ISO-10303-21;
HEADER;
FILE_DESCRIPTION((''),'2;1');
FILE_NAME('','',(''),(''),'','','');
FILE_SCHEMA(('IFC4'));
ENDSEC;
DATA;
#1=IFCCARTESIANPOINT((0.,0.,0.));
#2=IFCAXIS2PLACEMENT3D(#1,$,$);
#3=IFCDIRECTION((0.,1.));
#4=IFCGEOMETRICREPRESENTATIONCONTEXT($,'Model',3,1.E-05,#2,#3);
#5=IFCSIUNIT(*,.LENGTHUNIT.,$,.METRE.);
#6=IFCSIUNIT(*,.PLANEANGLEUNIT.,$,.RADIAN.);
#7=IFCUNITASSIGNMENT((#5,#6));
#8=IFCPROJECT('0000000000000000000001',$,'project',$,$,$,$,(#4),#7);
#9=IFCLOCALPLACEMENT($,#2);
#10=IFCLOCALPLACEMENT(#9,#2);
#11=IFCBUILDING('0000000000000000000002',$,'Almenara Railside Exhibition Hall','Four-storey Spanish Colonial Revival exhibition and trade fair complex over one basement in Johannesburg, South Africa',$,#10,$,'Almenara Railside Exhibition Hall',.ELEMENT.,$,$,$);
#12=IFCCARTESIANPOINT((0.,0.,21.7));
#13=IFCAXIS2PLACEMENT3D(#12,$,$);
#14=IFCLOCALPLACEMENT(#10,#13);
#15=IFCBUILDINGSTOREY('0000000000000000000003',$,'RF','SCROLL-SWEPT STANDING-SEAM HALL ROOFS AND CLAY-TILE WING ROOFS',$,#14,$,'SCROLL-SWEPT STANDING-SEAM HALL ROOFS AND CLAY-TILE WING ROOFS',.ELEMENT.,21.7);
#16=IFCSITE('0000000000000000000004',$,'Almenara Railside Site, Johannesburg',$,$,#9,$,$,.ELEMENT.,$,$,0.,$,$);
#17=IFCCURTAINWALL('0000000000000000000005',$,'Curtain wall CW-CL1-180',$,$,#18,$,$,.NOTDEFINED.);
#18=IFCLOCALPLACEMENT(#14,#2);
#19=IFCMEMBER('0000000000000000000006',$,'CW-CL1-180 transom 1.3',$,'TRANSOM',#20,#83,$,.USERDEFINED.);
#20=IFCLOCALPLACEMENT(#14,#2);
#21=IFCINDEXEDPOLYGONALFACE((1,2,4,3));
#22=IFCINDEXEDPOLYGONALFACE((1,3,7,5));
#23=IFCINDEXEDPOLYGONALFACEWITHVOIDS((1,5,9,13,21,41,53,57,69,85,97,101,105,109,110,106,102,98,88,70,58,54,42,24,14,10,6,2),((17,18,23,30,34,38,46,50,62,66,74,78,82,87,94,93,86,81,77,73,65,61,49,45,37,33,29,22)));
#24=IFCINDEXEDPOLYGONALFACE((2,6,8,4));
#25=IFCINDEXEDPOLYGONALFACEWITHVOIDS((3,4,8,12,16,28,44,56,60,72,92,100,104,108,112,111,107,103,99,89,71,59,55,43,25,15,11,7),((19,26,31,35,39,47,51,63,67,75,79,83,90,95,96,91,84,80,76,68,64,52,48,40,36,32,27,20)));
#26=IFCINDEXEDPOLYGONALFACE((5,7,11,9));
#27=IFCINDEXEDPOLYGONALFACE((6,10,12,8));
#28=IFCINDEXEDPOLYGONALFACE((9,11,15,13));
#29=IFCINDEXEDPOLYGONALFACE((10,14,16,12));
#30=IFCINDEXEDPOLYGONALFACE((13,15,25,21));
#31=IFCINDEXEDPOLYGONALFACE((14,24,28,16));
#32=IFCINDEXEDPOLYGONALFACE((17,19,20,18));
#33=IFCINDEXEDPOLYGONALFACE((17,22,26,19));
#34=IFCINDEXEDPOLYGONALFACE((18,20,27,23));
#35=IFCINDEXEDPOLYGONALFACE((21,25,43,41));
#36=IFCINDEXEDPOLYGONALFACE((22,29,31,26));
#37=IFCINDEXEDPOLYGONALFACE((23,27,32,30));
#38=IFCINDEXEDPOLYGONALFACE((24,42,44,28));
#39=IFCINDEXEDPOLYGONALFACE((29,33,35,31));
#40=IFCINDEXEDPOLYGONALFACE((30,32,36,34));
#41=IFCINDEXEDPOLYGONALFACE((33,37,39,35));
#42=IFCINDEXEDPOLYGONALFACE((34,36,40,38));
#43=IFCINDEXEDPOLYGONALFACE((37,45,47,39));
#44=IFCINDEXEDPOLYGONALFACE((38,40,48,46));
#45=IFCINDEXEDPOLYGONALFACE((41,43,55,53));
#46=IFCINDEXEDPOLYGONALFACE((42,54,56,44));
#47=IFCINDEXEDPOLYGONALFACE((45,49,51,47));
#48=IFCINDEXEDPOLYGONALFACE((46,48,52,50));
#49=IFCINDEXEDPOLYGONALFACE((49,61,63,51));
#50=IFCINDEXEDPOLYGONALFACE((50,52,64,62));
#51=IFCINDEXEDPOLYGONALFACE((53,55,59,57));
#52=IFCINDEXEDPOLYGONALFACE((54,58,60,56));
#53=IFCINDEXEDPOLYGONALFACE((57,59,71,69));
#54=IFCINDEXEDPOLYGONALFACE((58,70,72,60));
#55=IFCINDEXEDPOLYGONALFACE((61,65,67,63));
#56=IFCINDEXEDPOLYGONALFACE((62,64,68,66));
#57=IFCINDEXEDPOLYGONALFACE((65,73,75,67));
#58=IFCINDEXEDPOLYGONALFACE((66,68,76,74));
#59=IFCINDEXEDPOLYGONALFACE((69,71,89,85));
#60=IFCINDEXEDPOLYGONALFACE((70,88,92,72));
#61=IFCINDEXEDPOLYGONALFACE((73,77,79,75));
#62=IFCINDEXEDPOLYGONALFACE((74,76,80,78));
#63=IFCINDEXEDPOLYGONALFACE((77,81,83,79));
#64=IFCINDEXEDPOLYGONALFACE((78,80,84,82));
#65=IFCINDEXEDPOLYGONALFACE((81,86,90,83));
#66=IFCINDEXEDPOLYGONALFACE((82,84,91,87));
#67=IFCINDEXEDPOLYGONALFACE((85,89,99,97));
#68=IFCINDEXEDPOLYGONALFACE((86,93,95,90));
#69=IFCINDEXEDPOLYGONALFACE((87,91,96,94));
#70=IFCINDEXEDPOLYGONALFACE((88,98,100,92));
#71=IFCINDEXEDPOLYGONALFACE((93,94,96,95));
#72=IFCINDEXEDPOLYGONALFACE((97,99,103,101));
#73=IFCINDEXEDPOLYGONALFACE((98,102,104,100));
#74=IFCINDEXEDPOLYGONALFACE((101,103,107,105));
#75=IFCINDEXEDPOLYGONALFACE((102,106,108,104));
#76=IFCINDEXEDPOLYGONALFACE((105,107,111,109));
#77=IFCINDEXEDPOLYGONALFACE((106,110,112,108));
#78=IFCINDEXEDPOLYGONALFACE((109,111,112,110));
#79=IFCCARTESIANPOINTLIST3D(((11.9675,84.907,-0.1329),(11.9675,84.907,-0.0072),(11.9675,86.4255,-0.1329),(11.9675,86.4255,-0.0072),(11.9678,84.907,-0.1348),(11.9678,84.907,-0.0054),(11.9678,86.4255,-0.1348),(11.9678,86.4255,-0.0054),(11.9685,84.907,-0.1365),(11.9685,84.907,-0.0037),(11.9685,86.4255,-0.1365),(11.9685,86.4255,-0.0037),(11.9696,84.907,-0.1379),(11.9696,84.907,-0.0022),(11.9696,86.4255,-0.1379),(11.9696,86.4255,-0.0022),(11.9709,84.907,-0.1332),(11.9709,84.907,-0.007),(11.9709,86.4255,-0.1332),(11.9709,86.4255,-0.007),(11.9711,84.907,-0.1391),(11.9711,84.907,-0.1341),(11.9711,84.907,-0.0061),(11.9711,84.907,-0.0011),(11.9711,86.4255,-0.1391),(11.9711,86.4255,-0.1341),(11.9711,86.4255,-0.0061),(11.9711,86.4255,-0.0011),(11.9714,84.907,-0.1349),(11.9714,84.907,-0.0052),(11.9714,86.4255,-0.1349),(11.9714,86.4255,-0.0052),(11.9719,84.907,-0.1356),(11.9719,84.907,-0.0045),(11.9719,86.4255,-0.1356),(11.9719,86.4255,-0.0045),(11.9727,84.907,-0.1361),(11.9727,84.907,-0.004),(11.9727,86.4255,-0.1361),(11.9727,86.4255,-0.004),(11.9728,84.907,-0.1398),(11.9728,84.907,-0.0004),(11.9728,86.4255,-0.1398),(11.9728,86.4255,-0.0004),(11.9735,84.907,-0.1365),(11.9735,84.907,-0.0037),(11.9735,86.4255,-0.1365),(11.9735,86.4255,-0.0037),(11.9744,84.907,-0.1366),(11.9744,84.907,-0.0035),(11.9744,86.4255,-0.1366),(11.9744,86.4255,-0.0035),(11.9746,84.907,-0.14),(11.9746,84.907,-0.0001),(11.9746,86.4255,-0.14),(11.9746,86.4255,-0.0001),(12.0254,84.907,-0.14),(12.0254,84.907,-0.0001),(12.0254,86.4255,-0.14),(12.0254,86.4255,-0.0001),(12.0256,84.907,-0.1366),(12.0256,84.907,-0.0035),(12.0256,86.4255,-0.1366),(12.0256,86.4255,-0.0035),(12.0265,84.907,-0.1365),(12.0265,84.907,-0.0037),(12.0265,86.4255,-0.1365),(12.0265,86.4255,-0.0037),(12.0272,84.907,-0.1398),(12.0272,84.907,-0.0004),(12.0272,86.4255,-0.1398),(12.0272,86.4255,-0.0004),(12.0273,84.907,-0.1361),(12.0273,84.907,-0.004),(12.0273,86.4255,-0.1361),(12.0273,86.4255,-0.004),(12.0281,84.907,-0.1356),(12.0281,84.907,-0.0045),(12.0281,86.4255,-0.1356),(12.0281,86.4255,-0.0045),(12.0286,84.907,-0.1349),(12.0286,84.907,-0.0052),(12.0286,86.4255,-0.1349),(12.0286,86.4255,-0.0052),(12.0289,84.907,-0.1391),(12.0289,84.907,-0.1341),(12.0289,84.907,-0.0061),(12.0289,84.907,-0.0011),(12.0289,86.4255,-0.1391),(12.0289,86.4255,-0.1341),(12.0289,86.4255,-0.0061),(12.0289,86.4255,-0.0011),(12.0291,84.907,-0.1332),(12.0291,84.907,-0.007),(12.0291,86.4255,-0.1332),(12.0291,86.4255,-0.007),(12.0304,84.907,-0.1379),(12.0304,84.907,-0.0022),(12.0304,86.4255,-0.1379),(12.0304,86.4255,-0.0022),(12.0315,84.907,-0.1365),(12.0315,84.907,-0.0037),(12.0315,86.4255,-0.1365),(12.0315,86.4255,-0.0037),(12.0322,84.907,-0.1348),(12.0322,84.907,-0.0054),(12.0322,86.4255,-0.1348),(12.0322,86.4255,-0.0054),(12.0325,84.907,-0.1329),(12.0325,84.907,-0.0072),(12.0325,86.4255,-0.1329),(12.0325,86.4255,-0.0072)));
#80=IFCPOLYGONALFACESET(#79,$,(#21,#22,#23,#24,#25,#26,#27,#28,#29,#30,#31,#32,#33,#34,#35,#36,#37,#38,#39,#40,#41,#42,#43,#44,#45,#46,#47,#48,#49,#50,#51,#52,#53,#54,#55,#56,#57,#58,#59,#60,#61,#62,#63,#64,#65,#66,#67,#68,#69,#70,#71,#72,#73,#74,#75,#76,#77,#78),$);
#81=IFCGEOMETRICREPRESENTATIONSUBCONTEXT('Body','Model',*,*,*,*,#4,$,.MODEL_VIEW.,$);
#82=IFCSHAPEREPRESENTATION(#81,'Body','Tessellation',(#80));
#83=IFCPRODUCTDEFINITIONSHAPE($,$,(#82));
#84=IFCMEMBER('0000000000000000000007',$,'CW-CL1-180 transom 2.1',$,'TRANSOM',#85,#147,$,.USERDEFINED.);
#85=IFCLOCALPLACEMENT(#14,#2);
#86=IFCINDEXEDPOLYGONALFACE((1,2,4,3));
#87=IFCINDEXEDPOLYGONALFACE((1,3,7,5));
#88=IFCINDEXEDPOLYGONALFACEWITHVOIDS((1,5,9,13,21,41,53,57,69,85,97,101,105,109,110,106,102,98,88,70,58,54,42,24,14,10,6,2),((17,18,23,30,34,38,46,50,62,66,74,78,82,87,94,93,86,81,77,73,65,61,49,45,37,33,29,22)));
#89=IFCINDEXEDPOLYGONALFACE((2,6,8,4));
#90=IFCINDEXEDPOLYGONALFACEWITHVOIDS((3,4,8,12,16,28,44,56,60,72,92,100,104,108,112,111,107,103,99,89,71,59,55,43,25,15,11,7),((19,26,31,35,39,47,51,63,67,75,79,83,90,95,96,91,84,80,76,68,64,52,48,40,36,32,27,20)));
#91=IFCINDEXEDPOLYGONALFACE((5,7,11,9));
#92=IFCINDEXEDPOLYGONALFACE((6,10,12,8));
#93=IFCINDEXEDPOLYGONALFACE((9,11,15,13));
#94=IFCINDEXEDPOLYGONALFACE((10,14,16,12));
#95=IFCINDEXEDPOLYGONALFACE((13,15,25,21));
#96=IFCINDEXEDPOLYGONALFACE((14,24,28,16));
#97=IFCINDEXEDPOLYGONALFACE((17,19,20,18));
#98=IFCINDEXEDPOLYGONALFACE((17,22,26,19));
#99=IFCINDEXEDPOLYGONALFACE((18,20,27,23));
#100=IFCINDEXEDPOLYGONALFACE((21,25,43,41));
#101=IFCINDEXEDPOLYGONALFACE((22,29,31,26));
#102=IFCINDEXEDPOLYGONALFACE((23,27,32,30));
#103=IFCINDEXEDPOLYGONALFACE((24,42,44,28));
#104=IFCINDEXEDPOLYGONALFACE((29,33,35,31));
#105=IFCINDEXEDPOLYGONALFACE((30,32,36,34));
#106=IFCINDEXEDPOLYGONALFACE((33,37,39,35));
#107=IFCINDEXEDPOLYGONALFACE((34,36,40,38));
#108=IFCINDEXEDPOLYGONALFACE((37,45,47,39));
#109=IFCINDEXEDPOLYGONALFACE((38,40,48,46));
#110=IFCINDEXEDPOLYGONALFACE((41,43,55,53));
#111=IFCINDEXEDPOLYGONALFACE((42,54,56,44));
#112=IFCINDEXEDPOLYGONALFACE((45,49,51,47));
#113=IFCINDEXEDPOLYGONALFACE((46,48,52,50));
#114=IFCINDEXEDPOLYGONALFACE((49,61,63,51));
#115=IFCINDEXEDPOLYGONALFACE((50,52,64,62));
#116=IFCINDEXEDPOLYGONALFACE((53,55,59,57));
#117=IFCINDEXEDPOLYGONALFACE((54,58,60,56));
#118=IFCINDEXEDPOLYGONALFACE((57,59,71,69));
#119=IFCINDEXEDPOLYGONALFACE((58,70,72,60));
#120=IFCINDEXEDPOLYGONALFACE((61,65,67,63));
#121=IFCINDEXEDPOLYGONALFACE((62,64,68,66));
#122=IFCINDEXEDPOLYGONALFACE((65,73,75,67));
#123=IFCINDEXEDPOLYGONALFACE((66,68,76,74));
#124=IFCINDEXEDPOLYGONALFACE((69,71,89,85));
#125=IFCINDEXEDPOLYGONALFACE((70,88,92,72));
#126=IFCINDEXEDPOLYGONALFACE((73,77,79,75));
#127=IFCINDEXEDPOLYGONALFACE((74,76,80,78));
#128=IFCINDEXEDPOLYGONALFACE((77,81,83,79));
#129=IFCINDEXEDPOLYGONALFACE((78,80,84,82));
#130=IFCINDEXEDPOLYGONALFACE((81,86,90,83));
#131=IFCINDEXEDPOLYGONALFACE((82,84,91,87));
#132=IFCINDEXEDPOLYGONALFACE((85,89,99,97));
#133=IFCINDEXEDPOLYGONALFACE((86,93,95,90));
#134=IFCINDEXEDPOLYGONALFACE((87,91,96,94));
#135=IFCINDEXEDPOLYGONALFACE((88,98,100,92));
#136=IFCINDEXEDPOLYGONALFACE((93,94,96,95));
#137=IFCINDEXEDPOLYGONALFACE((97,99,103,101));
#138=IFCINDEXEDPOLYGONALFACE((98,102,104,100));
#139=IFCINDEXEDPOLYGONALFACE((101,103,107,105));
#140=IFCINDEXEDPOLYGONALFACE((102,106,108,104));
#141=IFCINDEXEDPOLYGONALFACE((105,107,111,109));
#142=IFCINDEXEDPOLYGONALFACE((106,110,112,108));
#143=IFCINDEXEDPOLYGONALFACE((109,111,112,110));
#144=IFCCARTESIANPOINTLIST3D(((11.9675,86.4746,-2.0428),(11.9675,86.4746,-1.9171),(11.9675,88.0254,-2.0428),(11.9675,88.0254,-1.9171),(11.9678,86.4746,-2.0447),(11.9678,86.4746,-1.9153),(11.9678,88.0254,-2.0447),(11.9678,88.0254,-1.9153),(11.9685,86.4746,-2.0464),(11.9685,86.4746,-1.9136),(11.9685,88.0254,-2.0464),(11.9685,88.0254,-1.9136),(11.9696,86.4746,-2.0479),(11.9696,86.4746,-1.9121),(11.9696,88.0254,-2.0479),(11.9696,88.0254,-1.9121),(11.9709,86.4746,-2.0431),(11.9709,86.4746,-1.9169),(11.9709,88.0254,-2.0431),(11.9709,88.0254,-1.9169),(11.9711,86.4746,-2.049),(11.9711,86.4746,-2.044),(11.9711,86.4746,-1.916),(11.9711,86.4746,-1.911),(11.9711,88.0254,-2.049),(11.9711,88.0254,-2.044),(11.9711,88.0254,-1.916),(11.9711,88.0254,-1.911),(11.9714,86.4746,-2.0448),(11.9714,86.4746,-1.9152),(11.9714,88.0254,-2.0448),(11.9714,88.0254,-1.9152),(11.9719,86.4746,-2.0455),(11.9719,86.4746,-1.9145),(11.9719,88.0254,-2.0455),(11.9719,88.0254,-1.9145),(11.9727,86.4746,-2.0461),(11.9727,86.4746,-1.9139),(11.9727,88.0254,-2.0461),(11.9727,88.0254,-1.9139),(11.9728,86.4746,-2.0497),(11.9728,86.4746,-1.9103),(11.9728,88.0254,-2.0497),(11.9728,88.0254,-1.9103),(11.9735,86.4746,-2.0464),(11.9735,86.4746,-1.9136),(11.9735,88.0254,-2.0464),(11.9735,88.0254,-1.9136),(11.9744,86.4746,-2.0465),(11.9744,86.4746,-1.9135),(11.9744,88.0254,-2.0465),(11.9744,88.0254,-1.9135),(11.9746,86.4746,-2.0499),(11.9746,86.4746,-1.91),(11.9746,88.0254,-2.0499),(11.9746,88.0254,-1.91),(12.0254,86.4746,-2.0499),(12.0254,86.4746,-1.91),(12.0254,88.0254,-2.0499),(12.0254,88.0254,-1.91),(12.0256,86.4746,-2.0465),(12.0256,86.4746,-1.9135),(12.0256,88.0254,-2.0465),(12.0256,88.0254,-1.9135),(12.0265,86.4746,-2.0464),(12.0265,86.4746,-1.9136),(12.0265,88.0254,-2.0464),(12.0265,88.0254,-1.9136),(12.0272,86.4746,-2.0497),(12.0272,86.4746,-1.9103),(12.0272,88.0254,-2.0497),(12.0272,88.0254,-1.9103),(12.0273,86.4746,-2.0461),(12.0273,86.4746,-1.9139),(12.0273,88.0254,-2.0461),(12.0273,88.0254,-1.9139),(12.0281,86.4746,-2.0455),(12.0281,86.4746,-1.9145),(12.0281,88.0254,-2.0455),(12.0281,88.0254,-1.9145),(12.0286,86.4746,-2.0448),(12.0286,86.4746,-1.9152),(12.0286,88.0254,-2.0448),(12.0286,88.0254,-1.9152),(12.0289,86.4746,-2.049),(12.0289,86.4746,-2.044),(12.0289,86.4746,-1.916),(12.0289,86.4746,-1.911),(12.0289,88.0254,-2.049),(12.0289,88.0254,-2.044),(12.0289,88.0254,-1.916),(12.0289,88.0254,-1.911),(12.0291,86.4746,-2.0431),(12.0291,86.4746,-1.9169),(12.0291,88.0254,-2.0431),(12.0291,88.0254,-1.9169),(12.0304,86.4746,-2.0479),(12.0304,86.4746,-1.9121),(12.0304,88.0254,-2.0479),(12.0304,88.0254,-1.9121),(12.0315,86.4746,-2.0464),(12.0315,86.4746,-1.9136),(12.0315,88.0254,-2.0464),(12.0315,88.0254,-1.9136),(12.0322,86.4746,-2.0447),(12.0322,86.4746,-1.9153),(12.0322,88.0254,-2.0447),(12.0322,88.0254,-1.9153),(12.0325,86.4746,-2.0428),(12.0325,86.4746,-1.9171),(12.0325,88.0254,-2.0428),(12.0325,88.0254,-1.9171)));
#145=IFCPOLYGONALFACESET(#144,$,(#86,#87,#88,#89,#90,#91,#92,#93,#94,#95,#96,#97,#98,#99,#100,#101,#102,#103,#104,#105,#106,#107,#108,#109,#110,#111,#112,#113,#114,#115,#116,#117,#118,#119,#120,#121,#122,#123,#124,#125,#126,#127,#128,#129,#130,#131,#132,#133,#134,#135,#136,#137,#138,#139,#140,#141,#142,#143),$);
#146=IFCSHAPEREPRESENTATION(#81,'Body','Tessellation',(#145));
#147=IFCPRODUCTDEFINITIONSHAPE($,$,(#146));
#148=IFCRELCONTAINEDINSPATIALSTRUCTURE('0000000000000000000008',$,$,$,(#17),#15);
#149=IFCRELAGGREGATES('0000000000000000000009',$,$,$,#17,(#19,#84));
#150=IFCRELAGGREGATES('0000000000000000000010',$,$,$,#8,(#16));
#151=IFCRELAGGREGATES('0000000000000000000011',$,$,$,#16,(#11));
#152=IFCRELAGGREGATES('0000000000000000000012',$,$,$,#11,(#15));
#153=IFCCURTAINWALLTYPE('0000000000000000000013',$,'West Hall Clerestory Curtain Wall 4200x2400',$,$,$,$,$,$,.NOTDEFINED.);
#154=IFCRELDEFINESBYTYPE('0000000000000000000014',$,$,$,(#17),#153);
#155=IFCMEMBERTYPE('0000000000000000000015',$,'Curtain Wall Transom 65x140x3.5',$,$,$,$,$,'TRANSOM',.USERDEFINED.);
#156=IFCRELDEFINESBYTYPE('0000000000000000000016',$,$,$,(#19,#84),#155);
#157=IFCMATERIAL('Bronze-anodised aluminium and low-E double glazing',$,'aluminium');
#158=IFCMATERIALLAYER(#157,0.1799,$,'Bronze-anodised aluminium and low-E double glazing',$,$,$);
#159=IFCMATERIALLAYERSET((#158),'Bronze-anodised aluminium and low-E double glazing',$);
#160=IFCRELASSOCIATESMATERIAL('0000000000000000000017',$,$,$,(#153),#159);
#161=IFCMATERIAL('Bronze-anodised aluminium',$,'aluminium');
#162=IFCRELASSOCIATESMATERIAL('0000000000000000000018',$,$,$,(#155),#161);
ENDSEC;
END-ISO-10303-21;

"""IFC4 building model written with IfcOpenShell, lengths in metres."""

from ifc_helpers import new_model, si_unit, direction, frame, origin, origin_2d, place, context, subcontext, project, spatial, hollow_rectangle, extrude, material, layer, layer_set, material_profile, profile_set, type_object, element, aggregate, save


model = new_model("IFC4")

# Units and contexts
model_context = context("Model", 3, precision=1e-05, world=origin(), true_north=direction((0.0, 1.0)))
body_context = subcontext(model_context, "Body", "Model", "MODEL_VIEW")
ifc_project = project(units=[si_unit("LENGTHUNIT", "METRE"), si_unit("PLANEANGLEUNIT", "RADIAN")], contexts=[model_context])

# Site, building, storey
site_placement = place(None, origin())
site = spatial("IfcSite", under=ifc_project, at=site_placement, Name="Almenara Railside Site, Johannesburg", CompositionType="ELEMENT", RefElevation=0.0)
building_placement = place(site_placement, origin())
building = spatial("IfcBuilding", under=site, at=building_placement, Name="Almenara Railside Exhibition Hall", Description="Four-storey Spanish Colonial Revival exhibition and trade fair complex over one basement in Johannesburg, South Africa", LongName="Almenara Railside Exhibition Hall", CompositionType="ELEMENT")
storey_placement = place(building_placement, frame((0.0, 0.0, 21.7)))
storey = spatial("IfcBuildingStorey", under=building, at=storey_placement, Name="RF", Description="SCROLL-SWEPT STANDING-SEAM HALL ROOFS AND CLAY-TILE WING ROOFS", LongName="SCROLL-SWEPT STANDING-SEAM HALL ROOFS AND CLAY-TILE WING ROOFS", CompositionType="ELEMENT", Elevation=21.7)

# Curtain wall
ifc_material_1 = material(Name="Bronze-anodised aluminium and low-E double glazing", Category="aluminium")
ifc_layer_1 = layer(ifc_material_1, 0.1799, Name="Bronze-anodised aluminium and low-E double glazing")
ifc_layer_set_1 = layer_set([ifc_layer_1], Name="Bronze-anodised aluminium and low-E double glazing")
curtain_wall_type = type_object("IfcCurtainWallType", Name="West Hall Clerestory Curtain Wall 4200x2400", PredefinedType="NOTDEFINED", material=ifc_layer_set_1)
ifc_material_2 = material(Name="Bronze-anodised aluminium", Category="aluminium")
curtain_wall_1_placement = place(storey_placement, origin())
curtain_wall_1 = element("IfcCurtainWall", 1, at=curtain_wall_1_placement, inside=storey, type_object=curtain_wall_type, Name="Curtain wall CW-CL1-180", PredefinedType="NOTDEFINED")

# Members
ifc_material_profile_1 = material_profile(ifc_material_2, hollow_rectangle(XDim=0.0649, YDim=0.1399, WallThickness=0.0034, InnerFilletRadius=0.0034, OuterFilletRadius=0.0071, at=origin_2d()), Name="ALU-TRN 65x140x3.5")
ifc_profile_set_1 = profile_set([ifc_material_profile_1], Name="Bronze-anodised aluminium")
member_type_1 = type_object("IfcMemberType", Name="Curtain Wall Transom 65x140x3.5", ElementType="TRANSOM", PredefinedType="USERDEFINED", material=ifc_profile_set_1)
member_1_placement = place(storey_placement, frame((12.0, 84.907, -0.0701), z_axis=(0.0, 1.0, 0.0), x_axis=(-1.0, 0.0, 0.0)))
member_1 = element("IfcMember", 2, at=member_1_placement, type_object=member_type_1, Name="CW-CL1-180 transom 1.3", ObjectType="TRANSOM", PredefinedType="USERDEFINED", context=body_context, shape_type="SweptSolid", body=[
    extrude(hollow_rectangle(XDim=0.0649, YDim=0.1399, WallThickness=0.0034, InnerFilletRadius=0.0034, OuterFilletRadius=0.0071, at=origin_2d()), origin(), (0.0, 0.0, 1.0), 1.5186),
])
member_2_placement = place(storey_placement, frame((12.0, 86.4746, -1.98), z_axis=(0.0, 1.0, 0.0), x_axis=(-1.0, 0.0, 0.0)))
member_2 = element("IfcMember", 3, at=member_2_placement, type_object=member_type_1, Name="CW-CL1-180 transom 2.1", ObjectType="TRANSOM", PredefinedType="USERDEFINED", context=body_context, shape_type="SweptSolid", body=[
    extrude(hollow_rectangle(XDim=0.0649, YDim=0.1399, WallThickness=0.0034, InnerFilletRadius=0.0034, OuterFilletRadius=0.0071, at=origin_2d()), origin(), (0.0, 0.0, 1.0), 1.5508),
])

aggregate(curtain_wall_1, [member_1, member_2])

save(model, "model.ifc")
